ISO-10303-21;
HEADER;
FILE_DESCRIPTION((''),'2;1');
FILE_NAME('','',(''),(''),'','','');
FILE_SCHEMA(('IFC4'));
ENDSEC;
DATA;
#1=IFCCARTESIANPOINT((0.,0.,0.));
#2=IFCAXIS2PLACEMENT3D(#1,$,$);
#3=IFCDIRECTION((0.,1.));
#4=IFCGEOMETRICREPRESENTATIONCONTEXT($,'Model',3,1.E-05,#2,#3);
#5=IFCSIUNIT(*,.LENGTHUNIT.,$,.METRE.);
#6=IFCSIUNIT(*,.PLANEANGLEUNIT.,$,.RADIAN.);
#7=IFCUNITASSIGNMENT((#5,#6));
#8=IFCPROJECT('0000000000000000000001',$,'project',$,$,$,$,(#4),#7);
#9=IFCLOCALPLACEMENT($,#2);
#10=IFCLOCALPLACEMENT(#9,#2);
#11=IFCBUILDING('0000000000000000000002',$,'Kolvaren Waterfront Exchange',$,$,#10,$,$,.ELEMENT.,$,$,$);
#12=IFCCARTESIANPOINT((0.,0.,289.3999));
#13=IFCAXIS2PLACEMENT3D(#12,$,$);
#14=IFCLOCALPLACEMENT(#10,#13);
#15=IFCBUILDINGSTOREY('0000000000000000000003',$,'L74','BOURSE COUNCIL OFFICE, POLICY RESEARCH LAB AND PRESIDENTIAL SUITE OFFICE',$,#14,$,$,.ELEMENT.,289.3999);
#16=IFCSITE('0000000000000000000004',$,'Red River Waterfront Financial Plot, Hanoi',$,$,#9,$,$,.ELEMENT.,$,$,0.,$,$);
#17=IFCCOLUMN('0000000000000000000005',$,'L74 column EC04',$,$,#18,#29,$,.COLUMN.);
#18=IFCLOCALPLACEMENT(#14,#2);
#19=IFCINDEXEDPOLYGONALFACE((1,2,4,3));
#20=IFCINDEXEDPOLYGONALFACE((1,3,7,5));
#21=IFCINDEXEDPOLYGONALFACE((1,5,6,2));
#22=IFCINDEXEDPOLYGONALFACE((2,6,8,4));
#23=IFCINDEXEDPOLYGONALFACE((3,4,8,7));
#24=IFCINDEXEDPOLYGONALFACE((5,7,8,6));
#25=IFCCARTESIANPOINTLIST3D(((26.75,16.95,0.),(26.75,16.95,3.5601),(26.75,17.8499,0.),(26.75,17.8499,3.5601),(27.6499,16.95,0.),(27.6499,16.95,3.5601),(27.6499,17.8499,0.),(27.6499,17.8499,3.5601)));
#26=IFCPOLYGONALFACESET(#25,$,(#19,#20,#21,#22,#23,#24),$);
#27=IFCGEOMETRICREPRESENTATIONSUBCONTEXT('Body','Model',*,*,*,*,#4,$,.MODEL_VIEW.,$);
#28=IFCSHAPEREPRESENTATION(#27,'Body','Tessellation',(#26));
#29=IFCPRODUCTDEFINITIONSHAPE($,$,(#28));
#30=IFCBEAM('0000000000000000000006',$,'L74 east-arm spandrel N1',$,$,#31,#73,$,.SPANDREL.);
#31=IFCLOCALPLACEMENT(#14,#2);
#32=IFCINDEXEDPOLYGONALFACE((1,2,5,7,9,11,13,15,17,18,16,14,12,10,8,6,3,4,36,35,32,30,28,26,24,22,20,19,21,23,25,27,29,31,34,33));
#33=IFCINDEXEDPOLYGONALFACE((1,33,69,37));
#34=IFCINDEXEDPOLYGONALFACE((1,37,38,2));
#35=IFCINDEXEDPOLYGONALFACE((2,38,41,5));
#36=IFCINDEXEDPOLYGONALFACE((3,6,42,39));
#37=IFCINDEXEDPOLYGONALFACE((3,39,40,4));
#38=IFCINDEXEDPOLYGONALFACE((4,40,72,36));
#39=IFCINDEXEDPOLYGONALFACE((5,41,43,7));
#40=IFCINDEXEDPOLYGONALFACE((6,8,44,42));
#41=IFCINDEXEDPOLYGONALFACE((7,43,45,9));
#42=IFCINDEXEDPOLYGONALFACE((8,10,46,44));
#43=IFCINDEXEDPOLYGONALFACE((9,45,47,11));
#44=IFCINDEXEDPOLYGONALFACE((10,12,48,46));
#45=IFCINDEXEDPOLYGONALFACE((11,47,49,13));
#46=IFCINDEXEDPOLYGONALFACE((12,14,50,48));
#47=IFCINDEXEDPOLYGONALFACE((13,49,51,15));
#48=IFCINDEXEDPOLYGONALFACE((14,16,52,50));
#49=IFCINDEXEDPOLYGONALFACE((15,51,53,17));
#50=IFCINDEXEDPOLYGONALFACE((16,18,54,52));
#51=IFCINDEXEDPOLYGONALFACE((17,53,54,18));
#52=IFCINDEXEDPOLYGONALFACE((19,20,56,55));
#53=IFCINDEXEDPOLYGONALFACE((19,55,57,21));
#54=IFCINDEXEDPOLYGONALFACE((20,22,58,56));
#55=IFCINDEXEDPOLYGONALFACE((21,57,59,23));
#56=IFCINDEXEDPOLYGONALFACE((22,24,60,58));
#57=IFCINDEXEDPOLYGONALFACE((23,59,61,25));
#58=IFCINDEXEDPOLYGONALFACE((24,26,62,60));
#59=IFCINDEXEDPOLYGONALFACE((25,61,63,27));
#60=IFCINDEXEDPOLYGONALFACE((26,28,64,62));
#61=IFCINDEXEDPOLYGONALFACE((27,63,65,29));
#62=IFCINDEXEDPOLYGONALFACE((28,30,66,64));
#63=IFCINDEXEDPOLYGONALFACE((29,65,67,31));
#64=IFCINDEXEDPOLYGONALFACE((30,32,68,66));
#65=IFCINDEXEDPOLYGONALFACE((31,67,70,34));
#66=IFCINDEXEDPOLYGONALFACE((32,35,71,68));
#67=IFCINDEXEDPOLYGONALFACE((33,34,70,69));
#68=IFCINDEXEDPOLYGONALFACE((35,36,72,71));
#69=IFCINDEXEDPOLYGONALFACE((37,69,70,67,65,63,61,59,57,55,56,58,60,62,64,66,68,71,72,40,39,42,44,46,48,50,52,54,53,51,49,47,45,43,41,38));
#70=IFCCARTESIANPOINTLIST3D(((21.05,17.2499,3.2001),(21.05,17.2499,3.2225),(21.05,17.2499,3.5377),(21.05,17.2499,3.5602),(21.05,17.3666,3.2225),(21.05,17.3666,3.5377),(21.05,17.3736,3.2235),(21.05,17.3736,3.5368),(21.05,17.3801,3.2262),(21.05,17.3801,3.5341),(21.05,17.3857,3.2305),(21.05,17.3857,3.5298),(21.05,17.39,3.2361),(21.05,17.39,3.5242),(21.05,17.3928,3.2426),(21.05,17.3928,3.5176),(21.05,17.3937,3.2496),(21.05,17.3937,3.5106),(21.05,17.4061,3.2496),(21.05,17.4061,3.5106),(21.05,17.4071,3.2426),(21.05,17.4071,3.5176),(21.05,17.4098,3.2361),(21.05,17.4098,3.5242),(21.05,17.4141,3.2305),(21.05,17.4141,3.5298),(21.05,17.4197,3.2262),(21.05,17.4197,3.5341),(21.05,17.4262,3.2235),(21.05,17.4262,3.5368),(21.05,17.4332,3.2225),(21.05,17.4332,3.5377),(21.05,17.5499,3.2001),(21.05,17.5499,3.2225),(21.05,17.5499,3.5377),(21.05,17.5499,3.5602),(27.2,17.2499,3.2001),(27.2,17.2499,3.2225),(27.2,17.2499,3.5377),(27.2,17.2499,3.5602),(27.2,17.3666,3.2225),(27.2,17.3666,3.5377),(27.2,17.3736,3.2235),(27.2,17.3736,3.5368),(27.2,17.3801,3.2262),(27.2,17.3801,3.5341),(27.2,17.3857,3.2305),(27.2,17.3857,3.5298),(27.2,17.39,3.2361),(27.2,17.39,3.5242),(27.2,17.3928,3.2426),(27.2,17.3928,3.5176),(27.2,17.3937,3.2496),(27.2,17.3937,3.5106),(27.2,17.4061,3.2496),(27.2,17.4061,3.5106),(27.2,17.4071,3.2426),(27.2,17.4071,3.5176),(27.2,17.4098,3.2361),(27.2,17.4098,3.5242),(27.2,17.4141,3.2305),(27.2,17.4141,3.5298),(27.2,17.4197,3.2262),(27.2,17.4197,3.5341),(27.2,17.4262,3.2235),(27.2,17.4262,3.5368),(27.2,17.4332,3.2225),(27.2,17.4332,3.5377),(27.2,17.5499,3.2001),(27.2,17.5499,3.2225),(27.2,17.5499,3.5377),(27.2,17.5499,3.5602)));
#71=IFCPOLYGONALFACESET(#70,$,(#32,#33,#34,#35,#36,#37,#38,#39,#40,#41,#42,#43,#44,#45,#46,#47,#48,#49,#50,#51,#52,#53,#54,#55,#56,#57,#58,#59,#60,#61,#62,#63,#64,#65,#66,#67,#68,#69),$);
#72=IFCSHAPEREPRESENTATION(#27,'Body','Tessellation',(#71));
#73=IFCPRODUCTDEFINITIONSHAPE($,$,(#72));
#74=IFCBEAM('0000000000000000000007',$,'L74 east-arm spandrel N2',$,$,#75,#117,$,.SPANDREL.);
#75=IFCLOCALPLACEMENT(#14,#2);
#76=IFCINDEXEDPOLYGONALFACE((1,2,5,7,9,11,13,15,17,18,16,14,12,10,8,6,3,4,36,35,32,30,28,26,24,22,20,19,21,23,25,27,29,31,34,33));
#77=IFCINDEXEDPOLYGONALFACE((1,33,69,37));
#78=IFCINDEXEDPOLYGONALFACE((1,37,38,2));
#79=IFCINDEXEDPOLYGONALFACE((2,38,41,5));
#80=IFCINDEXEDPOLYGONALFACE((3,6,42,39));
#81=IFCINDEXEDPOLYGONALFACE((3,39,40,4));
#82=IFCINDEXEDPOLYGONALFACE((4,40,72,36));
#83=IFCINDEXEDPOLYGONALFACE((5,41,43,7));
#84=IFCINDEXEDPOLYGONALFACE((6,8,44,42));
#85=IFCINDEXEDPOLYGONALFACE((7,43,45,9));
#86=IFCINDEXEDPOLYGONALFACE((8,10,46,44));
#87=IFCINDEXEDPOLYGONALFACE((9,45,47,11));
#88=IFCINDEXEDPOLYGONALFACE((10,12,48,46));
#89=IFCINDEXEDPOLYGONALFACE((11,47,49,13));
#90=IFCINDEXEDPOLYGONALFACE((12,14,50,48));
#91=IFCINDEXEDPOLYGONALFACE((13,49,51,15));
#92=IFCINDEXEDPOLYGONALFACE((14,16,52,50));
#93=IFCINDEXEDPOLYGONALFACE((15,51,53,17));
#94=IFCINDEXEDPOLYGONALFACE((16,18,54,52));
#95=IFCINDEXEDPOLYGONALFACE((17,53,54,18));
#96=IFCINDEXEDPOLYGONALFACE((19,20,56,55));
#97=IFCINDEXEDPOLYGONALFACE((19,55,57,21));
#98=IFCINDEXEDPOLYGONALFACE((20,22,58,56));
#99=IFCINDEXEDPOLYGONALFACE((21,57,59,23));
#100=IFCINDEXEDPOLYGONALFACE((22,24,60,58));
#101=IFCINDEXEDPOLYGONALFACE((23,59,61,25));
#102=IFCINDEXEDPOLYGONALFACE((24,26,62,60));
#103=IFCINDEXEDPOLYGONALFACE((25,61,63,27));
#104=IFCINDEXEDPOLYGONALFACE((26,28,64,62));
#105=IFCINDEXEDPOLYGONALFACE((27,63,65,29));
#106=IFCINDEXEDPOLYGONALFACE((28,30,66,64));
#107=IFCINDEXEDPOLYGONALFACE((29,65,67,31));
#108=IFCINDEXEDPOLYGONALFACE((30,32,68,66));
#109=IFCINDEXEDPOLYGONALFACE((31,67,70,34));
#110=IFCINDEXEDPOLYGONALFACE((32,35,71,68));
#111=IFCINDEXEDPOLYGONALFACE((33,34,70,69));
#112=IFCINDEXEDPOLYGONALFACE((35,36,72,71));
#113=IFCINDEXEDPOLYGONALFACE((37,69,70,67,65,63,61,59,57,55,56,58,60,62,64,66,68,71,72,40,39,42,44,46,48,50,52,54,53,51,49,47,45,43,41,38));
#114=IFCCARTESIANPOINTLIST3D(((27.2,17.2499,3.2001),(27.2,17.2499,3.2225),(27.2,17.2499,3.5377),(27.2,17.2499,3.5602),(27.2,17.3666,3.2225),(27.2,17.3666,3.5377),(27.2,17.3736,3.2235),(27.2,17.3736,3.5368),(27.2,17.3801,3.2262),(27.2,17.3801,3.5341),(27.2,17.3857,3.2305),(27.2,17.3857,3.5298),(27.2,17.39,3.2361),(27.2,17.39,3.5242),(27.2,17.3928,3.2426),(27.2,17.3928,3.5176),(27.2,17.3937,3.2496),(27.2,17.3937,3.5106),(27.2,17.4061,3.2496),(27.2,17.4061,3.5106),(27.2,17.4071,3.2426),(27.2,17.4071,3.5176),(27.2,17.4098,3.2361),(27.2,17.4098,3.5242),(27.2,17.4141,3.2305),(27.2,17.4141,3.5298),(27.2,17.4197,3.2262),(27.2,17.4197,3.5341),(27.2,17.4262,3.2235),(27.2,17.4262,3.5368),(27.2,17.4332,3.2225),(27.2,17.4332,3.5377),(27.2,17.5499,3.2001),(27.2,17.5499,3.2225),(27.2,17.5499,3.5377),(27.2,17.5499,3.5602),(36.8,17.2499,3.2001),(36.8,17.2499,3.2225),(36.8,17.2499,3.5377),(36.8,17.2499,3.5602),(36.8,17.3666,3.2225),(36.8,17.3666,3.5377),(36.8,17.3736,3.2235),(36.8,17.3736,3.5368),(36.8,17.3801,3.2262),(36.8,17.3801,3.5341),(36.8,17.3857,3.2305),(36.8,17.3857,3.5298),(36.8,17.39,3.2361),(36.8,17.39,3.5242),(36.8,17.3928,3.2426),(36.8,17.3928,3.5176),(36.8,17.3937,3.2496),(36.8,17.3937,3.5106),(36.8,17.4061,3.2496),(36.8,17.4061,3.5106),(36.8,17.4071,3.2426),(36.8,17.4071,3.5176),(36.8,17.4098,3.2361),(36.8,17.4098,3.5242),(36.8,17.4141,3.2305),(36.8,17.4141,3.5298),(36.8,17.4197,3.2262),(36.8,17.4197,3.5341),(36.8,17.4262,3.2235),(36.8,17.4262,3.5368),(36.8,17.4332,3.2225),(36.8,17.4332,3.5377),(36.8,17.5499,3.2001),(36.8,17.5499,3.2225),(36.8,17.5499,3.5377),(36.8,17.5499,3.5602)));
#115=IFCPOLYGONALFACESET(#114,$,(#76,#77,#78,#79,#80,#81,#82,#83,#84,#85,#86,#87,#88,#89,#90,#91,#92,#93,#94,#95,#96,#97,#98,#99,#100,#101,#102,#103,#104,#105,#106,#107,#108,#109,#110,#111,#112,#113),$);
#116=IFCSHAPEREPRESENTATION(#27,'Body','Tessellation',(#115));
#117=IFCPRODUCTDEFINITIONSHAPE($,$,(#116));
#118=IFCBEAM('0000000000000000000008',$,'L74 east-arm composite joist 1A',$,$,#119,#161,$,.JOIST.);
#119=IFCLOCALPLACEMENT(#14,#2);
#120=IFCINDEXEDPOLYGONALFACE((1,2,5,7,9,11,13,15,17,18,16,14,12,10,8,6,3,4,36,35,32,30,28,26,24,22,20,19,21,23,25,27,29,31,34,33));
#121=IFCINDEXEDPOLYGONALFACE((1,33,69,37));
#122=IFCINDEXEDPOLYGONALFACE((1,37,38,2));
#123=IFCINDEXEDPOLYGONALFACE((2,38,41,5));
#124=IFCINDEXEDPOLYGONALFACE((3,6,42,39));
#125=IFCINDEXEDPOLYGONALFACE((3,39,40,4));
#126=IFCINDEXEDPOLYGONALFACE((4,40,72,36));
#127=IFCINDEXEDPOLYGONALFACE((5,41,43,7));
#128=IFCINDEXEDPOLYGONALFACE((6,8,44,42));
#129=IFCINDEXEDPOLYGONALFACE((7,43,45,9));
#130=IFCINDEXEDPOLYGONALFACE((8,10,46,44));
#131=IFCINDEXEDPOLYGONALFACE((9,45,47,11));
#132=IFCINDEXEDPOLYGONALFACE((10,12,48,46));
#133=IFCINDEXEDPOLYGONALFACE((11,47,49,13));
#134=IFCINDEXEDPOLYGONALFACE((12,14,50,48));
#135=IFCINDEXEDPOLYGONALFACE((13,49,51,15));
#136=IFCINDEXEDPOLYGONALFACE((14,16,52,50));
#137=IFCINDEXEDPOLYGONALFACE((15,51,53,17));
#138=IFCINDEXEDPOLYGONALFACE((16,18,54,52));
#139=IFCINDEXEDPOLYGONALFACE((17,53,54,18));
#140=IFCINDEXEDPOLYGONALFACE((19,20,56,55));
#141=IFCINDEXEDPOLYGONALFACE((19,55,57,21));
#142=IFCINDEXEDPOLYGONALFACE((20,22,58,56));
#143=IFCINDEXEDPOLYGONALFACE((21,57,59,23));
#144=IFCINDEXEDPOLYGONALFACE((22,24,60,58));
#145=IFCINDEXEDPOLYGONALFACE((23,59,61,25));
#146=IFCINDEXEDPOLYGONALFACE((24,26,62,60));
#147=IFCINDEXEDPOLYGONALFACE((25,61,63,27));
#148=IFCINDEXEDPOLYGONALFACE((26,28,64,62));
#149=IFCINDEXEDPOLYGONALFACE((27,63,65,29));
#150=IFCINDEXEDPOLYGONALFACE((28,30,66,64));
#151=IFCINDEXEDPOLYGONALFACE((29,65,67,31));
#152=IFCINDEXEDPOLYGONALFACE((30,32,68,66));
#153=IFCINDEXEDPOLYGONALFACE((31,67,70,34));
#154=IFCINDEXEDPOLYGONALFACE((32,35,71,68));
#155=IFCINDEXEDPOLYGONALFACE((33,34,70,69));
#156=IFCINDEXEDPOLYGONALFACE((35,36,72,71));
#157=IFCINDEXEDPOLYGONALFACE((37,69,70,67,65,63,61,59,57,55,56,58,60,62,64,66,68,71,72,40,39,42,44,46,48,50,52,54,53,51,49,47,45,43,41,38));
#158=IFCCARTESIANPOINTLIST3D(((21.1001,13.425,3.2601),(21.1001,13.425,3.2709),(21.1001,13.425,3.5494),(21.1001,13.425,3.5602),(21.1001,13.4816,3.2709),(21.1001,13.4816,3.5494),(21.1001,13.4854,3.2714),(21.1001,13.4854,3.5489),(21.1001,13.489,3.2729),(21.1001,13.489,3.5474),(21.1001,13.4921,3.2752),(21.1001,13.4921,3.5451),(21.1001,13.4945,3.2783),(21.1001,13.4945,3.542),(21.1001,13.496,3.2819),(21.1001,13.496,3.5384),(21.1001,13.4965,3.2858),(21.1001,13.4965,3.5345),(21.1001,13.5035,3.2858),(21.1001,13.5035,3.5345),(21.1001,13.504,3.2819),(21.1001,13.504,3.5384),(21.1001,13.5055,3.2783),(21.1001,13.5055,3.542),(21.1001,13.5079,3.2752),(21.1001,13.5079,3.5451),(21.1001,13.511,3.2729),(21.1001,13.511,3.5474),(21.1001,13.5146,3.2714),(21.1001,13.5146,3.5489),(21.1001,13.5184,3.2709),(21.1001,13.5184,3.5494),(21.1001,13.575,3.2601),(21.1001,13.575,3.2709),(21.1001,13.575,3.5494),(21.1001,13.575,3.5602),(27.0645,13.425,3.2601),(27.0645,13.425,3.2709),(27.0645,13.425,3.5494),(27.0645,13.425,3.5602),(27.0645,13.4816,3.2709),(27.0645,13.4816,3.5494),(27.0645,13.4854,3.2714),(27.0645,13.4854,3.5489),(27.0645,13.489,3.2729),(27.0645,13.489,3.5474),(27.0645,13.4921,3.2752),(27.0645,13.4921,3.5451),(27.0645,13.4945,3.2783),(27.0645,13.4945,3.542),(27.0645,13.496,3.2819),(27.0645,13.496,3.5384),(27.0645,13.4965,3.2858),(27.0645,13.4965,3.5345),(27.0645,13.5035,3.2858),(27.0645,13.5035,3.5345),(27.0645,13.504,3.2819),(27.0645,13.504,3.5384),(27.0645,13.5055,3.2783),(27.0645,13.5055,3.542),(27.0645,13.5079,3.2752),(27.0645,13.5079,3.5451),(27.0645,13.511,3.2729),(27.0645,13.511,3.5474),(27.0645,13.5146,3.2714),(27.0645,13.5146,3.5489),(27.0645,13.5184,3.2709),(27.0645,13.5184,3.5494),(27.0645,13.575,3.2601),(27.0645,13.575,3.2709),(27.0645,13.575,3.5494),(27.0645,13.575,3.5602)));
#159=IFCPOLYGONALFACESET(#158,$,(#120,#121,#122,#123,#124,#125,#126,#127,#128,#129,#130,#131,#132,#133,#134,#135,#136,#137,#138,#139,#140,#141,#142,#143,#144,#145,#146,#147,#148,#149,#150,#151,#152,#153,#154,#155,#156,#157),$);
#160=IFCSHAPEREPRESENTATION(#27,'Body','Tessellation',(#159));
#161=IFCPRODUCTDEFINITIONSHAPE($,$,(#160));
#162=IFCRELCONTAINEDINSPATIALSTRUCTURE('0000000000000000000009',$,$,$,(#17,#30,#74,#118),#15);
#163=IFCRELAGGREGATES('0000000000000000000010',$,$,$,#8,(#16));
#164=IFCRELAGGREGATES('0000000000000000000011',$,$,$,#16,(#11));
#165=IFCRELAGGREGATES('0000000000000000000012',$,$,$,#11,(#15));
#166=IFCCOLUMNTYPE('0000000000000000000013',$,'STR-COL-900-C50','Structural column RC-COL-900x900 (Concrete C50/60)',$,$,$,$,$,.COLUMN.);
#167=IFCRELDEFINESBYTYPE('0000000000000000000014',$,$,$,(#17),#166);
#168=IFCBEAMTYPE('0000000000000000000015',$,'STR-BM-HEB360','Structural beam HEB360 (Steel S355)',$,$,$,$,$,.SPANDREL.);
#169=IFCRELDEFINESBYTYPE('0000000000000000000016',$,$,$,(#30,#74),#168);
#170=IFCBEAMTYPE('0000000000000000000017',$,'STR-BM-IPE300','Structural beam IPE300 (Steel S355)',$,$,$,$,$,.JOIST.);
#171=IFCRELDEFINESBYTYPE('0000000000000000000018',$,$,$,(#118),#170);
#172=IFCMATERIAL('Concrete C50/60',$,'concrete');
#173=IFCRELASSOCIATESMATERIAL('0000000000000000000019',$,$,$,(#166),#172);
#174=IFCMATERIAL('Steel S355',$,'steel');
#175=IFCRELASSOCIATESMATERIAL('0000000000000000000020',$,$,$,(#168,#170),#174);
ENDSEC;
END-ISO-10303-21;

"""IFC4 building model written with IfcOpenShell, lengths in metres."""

from ifc_helpers import new_model, si_unit, direction, frame, origin, origin_2d, place, context, subcontext, project, spatial, rectangle, i_section, extrude, material, material_profile, profile_set, type_object, element, save


model = new_model("IFC4")

# Units and contexts
model_context = context("Model", 3, precision=1e-05, world=origin(), true_north=direction((0.0, 1.0)))
body_context = subcontext(model_context, "Body", "Model", "MODEL_VIEW")
ifc_project = project(units=[si_unit("LENGTHUNIT", "METRE"), si_unit("PLANEANGLEUNIT", "RADIAN")], contexts=[model_context])

# Site, building, storey
site_placement = place(None, origin())
site = spatial("IfcSite", under=ifc_project, at=site_placement, Name="Red River Waterfront Financial Plot, Hanoi", CompositionType="ELEMENT", RefElevation=0.0)
building_placement = place(site_placement, origin())
building = spatial("IfcBuilding", under=site, at=building_placement, Name="Kolvaren Waterfront Exchange", CompositionType="ELEMENT")
storey_placement = place(building_placement, frame((0.0, 0.0, 289.3999)))
storey = spatial("IfcBuildingStorey", under=building, at=storey_placement, Name="L74", Description="BOURSE COUNCIL OFFICE, POLICY RESEARCH LAB AND PRESIDENTIAL SUITE OFFICE", CompositionType="ELEMENT", Elevation=289.3999)

# Column
ifc_material_1 = material(Name="Concrete C50/60", Category="concrete")
ifc_material_profile_1 = material_profile(ifc_material_1, rectangle(XDim=0.8999, YDim=0.8999, at=origin_2d()), Name="RC-COL-900x900")
ifc_profile_set_1 = profile_set([ifc_material_profile_1], Name="Concrete C50/60")
column_type = type_object("IfcColumnType", Name="STR-COL-900-C50", Description="Structural column RC-COL-900x900 (Concrete C50/60)", PredefinedType="COLUMN", material=ifc_profile_set_1)
column_placement = place(storey_placement, frame((27.2, 17.3999, 0.0), z_axis=(0.0, 0.0, 1.0), x_axis=(1.0, 0.0, 0.0)))
element("IfcColumn", 1, at=column_placement, inside=storey, type_object=column_type, Name="L74 column EC04", PredefinedType="COLUMN", context=body_context, shape_type="SweptSolid", body=[
    extrude(rectangle(XDim=0.8999, YDim=0.8999, at=origin_2d()), origin(), (0.0, 0.0, 1.0), 3.5601),
])

# Beams
ifc_material_2 = material(Name="Steel S355", Category="steel")
ifc_material_profile_2 = material_profile(ifc_material_2, i_section(OverallWidth=0.3, OverallDepth=0.3601, WebThickness=0.0125, FlangeThickness=0.0225, FilletRadius=0.0271, at=origin_2d()), Name="HEB360")
ifc_profile_set_2 = profile_set([ifc_material_profile_2], Name="Steel S355")
beam_type_1 = type_object("IfcBeamType", Name="STR-BM-HEB360", Description="Structural beam HEB360 (Steel S355)", PredefinedType="SPANDREL", material=ifc_profile_set_2)
beam_1_placement = place(storey_placement, frame((21.05, 17.3999, 3.3801), z_axis=(1.0, 0.0, 0.0), x_axis=(0.0, 1.0, 0.0)))
element("IfcBeam", 2, at=beam_1_placement, inside=storey, type_object=beam_type_1, Name="L74 east-arm spandrel N1", PredefinedType="SPANDREL", context=body_context, shape_type="SweptSolid", body=[
    extrude(i_section(OverallWidth=0.3, OverallDepth=0.3601, WebThickness=0.0125, FlangeThickness=0.0225, FilletRadius=0.0271, at=origin_2d()), origin(), (0.0, 0.0, 1.0), 6.1499),
])
beam_2_placement = place(storey_placement, frame((27.2, 17.3999, 3.3801), z_axis=(1.0, 0.0, 0.0), x_axis=(0.0, 1.0, 0.0)))
element("IfcBeam", 3, at=beam_2_placement, inside=storey, type_object=beam_type_1, Name="L74 east-arm spandrel N2", PredefinedType="SPANDREL", context=body_context, shape_type="SweptSolid", body=[
    extrude(i_section(OverallWidth=0.3, OverallDepth=0.3601, WebThickness=0.0125, FlangeThickness=0.0225, FilletRadius=0.0271, at=origin_2d()), origin(), (0.0, 0.0, 1.0), 9.6001),
])
ifc_material_profile_3 = material_profile(ifc_material_2, i_section(OverallWidth=0.1499, OverallDepth=0.3, WebThickness=0.0071, FlangeThickness=0.0107, FilletRadius=0.0149, at=origin_2d()), Name="IPE300")
ifc_profile_set_3 = profile_set([ifc_material_profile_3], Name="Steel S355")
beam_type_2 = type_object("IfcBeamType", Name="STR-BM-IPE300", Description="Structural beam IPE300 (Steel S355)", PredefinedType="JOIST", material=ifc_profile_set_3)
for number, where, z_axis, x_axis, name in (
    (4, (21.1001, 13.5, 3.4102), (1.0, 0.0, 0.0), (0.0, 1.0, 0.0), "L74 east-arm composite joist 1A"),
):
    element("IfcBeam", number, at=place(storey_placement, frame(where, z_axis=z_axis, x_axis=x_axis)), inside=storey, type_object=beam_type_2, Name=name, PredefinedType="JOIST", context=body_context, shape_type="SweptSolid", body=[
        extrude(i_section(OverallWidth=0.1499, OverallDepth=0.3, WebThickness=0.0071, FlangeThickness=0.0107, FilletRadius=0.0149, at=origin_2d()), origin(), (0.0, 0.0, 1.0), 5.9644),
    ])

save(model, "model.ifc")
